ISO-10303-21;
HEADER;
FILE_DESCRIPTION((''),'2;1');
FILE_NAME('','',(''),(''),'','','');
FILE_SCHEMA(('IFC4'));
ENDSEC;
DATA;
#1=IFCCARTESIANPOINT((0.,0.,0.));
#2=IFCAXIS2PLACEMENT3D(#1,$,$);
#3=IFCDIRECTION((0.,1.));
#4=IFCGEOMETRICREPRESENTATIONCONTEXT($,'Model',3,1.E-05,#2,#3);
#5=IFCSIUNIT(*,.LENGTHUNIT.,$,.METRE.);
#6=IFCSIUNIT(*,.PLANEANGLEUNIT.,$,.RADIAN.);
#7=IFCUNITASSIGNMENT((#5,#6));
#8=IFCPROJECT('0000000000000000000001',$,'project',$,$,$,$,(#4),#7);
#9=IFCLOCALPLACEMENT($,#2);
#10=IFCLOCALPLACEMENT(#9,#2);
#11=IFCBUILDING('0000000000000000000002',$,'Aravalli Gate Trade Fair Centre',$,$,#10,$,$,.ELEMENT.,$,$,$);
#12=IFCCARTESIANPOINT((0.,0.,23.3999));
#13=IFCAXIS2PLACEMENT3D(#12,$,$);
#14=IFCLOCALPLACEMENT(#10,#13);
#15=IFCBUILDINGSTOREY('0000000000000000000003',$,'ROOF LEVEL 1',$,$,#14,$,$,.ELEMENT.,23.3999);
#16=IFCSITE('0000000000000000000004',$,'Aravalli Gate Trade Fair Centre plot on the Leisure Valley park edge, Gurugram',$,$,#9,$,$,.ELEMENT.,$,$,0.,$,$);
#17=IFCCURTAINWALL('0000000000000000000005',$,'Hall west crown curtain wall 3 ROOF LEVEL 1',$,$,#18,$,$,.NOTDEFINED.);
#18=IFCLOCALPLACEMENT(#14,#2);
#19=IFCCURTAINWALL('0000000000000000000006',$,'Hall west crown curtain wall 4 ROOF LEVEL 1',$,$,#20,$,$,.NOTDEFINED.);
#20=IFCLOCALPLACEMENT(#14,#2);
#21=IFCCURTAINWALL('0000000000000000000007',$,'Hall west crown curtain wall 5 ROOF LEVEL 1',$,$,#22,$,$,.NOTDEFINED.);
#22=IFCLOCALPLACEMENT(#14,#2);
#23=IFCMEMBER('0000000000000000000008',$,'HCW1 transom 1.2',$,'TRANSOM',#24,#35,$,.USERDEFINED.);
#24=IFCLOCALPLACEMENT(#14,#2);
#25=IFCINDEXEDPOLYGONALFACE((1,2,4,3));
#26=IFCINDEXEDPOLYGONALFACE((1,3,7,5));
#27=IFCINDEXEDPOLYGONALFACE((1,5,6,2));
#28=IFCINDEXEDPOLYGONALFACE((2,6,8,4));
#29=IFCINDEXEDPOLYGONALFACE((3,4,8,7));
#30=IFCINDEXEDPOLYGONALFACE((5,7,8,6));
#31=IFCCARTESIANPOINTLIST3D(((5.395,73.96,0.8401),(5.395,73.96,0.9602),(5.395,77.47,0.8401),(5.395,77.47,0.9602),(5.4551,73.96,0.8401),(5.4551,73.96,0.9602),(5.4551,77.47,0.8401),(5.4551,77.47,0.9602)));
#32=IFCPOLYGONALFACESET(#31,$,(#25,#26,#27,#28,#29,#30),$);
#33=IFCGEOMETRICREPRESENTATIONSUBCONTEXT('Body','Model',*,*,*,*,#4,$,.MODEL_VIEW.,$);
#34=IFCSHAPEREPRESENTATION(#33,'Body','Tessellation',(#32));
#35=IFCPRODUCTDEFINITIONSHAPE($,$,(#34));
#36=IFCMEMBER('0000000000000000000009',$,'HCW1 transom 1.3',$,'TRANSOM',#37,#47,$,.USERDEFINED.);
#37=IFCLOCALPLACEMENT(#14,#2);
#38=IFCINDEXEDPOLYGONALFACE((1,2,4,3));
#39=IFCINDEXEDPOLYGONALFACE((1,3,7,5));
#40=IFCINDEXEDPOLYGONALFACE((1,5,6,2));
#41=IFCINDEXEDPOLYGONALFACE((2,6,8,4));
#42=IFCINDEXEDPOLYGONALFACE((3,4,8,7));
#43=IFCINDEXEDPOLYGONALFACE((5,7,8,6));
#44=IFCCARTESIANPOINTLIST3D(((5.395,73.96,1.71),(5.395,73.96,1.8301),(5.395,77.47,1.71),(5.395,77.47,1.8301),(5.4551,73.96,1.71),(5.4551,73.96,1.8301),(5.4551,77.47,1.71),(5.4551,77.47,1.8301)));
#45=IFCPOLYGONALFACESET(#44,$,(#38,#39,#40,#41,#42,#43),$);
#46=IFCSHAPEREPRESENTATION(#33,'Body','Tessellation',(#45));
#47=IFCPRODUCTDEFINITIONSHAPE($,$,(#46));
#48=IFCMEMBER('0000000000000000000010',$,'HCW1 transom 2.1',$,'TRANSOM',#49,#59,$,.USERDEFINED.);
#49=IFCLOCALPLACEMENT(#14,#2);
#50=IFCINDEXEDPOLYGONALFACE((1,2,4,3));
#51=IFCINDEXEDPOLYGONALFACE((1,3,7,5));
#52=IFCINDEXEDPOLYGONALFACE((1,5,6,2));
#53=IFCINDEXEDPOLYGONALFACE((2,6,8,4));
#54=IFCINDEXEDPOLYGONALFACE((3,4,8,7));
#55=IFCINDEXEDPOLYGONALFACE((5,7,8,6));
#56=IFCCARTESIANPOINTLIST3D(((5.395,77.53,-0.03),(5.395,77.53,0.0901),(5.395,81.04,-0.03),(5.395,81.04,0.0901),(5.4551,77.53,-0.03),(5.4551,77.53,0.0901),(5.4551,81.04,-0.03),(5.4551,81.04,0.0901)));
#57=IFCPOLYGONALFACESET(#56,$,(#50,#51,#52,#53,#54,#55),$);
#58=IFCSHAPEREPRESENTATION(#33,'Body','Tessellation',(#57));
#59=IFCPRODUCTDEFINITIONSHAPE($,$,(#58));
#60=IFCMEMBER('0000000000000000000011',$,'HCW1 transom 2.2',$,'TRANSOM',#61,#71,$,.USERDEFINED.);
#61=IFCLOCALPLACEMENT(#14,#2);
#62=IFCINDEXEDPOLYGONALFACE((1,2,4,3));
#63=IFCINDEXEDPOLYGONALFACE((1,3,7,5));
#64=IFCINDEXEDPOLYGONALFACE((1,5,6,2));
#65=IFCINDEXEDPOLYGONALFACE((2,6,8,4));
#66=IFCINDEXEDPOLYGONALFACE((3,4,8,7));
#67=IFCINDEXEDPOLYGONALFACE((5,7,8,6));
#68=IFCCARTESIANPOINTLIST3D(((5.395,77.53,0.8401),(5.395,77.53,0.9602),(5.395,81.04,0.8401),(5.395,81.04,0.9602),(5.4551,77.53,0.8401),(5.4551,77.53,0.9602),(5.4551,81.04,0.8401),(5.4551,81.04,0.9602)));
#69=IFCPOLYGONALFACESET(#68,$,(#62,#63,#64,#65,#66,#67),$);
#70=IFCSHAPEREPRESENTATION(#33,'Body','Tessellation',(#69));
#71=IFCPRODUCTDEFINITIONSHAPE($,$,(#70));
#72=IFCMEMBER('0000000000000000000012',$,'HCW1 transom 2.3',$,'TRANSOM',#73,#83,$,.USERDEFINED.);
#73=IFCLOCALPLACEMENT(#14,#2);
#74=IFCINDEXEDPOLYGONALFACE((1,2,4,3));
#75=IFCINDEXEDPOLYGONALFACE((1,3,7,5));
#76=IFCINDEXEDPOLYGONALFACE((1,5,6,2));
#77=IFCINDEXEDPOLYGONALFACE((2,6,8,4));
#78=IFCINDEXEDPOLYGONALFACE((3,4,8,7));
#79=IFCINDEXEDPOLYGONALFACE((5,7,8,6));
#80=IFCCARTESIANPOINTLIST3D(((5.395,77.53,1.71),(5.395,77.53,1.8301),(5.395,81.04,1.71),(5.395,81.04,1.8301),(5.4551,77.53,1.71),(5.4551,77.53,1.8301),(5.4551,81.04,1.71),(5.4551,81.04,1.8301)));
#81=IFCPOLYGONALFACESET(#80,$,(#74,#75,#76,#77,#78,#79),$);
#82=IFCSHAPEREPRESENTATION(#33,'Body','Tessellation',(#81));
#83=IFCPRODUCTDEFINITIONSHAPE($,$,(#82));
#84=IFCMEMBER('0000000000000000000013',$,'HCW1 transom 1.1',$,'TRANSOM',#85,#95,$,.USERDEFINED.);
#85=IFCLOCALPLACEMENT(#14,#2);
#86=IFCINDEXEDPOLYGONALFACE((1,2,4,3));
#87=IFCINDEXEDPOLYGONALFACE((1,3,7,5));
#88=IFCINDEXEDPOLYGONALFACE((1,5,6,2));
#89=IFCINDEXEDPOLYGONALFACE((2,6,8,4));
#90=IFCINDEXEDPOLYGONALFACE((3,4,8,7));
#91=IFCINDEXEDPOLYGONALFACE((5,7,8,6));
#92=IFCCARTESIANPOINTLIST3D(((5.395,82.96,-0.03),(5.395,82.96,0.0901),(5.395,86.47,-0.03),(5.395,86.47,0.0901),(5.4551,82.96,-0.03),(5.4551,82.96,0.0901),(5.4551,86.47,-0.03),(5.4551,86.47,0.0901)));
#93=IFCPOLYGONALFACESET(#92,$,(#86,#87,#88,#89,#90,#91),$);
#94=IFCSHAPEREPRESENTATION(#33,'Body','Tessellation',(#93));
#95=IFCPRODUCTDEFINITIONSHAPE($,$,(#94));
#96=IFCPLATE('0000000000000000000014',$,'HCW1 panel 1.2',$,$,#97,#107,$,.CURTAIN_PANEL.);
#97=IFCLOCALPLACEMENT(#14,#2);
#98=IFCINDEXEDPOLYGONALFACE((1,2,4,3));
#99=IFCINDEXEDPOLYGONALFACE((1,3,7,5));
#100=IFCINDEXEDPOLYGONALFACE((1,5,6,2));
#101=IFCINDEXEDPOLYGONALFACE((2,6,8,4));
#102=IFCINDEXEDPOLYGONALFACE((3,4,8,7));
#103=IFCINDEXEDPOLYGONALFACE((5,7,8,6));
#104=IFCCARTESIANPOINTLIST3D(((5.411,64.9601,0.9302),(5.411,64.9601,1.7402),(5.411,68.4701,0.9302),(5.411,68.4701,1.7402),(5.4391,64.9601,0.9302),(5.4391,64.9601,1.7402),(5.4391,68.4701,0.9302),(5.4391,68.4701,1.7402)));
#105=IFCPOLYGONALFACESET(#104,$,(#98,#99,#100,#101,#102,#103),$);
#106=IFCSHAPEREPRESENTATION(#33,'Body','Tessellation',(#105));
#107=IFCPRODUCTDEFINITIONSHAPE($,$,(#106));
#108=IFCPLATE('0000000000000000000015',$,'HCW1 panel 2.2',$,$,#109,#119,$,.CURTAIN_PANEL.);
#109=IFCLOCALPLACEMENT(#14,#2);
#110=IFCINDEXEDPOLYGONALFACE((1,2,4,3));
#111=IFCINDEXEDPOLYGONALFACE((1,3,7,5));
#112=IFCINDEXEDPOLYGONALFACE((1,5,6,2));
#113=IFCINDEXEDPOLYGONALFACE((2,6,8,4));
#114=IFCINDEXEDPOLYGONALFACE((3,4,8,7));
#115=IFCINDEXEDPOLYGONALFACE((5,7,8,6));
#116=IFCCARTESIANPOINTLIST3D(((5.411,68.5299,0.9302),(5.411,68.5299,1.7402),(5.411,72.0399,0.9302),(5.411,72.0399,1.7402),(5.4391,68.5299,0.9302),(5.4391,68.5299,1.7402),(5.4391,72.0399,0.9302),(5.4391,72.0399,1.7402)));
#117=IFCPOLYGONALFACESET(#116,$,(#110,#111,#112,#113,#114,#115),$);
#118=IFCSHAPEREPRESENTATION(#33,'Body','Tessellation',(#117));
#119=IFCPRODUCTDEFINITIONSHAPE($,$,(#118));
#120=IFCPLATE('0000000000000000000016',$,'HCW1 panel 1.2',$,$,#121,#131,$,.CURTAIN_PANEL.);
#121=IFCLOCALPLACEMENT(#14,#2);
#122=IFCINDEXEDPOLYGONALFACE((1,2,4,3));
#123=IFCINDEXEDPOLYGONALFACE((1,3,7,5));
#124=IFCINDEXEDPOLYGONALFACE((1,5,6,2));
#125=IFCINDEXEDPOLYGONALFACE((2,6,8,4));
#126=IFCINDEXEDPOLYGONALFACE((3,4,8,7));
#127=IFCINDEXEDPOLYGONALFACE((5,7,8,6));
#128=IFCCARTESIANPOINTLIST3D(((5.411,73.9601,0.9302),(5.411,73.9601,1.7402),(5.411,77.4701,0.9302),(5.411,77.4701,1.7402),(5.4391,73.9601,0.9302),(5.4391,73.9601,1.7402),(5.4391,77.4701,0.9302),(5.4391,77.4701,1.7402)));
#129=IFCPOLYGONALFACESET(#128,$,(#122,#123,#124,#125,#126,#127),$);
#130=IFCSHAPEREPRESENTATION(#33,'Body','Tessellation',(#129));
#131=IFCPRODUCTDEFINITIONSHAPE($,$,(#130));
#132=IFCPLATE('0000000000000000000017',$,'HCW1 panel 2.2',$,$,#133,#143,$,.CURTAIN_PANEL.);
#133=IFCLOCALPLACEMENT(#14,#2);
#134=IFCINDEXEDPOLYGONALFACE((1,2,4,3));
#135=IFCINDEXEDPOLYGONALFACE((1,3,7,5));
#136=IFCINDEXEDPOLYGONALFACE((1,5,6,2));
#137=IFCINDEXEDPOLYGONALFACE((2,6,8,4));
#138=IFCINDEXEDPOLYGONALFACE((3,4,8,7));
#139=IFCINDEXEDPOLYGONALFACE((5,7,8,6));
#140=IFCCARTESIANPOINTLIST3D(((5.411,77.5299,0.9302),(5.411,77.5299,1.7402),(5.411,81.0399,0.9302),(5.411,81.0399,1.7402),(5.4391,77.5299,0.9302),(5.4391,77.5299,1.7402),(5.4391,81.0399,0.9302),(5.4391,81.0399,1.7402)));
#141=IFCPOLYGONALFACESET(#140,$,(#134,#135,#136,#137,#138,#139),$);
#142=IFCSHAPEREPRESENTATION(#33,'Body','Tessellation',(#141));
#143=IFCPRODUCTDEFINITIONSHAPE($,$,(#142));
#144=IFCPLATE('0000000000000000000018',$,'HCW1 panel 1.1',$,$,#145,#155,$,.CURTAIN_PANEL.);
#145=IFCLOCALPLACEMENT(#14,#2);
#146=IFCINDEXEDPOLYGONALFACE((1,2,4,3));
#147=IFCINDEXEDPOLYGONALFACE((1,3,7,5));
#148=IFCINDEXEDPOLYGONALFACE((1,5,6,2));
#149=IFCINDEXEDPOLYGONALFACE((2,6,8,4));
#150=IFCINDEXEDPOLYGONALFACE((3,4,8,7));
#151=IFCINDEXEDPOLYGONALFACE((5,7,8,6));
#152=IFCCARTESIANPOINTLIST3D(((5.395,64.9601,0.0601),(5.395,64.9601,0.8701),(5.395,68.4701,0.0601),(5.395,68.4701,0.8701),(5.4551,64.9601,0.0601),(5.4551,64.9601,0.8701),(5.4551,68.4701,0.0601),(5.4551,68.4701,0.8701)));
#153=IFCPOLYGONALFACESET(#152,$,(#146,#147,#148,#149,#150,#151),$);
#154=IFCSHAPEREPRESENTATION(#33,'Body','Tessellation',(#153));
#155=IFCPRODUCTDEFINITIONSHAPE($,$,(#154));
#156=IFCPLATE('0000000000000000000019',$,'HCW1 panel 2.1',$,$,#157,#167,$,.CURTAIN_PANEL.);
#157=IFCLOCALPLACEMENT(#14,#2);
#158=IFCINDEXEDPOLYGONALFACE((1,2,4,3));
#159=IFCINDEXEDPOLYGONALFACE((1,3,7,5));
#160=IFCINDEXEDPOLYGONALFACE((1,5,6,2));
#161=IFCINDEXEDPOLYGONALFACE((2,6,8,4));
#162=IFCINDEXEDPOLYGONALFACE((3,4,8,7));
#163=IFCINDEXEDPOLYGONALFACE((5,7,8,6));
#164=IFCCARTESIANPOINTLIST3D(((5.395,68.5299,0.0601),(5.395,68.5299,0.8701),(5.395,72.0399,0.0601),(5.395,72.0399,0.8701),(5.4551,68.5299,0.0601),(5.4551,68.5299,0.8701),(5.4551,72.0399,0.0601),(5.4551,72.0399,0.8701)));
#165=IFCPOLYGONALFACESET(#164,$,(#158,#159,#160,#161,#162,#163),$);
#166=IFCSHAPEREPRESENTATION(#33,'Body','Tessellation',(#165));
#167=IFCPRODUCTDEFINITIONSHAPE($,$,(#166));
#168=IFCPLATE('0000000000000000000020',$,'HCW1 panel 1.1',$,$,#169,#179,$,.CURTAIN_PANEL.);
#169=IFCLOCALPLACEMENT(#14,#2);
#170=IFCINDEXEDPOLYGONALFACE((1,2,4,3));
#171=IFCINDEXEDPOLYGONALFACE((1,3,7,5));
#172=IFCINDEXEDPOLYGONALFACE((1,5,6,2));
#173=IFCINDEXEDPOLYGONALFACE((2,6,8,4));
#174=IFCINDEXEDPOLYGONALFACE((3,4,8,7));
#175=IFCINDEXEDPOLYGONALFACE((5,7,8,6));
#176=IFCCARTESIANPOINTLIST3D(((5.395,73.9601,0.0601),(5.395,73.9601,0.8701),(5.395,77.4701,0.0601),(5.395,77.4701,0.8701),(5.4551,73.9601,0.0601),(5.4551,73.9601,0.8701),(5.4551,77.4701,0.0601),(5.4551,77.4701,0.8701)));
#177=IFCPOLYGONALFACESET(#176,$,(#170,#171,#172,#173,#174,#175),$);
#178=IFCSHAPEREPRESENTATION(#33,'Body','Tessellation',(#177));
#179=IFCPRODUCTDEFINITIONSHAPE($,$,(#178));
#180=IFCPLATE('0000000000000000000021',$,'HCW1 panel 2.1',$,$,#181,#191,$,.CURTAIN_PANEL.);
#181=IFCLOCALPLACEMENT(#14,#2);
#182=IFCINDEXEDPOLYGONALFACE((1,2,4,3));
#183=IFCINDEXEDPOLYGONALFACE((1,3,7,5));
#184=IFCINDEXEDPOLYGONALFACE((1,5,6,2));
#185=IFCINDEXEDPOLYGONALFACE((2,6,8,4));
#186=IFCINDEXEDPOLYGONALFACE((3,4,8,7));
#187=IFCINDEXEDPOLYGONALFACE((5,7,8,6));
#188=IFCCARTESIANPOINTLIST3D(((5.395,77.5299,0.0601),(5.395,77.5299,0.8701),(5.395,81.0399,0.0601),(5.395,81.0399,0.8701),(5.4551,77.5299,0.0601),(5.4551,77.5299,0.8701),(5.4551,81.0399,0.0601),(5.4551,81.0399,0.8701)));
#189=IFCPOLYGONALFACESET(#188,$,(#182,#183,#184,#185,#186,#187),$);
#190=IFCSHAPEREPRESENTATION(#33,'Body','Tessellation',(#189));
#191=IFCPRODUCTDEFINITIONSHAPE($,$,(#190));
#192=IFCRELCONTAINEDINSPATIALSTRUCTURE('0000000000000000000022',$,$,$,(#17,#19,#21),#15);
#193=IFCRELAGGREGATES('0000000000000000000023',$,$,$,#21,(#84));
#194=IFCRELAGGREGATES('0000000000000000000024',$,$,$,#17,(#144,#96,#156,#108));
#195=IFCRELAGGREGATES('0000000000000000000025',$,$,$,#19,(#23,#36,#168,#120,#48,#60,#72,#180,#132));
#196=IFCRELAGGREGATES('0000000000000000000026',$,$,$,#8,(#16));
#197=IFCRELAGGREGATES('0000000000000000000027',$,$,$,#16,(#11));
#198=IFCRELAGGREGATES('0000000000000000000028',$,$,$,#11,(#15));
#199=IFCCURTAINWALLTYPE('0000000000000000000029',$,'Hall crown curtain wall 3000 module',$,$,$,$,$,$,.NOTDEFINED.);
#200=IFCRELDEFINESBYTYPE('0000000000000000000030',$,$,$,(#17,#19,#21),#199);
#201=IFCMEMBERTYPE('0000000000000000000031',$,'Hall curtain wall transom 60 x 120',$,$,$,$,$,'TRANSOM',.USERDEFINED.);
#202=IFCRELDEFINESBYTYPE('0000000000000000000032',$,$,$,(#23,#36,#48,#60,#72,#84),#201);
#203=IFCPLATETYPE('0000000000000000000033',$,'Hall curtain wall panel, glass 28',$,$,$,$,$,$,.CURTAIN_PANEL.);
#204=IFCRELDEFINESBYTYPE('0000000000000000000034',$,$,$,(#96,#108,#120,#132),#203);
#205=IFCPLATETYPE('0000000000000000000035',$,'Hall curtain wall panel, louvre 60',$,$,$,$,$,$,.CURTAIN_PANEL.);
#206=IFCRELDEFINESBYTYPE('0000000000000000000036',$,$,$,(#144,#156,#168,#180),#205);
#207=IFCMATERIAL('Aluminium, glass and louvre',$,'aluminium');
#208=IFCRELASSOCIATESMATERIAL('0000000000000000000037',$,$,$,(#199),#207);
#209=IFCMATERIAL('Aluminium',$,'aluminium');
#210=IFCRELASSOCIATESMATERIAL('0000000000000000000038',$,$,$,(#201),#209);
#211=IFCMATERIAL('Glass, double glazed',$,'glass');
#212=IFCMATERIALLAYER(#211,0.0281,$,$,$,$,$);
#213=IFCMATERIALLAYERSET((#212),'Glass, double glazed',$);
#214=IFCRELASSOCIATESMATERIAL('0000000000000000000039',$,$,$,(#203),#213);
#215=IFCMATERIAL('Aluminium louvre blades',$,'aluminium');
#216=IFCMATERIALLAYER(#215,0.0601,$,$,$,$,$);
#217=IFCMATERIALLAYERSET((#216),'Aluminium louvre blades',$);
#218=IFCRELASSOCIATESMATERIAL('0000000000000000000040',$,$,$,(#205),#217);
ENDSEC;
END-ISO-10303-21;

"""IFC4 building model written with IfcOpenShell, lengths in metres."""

from ifc_helpers import new_model, si_unit, direction, frame, origin, origin_2d, place, context, subcontext, project, spatial, rectangle, extrude, material, layer, layer_set, material_profile, profile_set, type_object, element, aggregate, save


model = new_model("IFC4")

# Units and contexts
model_context = context("Model", 3, precision=1e-05, world=origin(), true_north=direction((0.0, 1.0)))
body_context = subcontext(model_context, "Body", "Model", "MODEL_VIEW")
ifc_project = project(units=[si_unit("LENGTHUNIT", "METRE"), si_unit("PLANEANGLEUNIT", "RADIAN")], contexts=[model_context])

# Site, building, storey
site_placement = place(None, origin())
site = spatial("IfcSite", under=ifc_project, at=site_placement, Name="Aravalli Gate Trade Fair Centre plot on the Leisure Valley park edge, Gurugram", CompositionType="ELEMENT", RefElevation=0.0)
building_placement = place(site_placement, origin())
building = spatial("IfcBuilding", under=site, at=building_placement, Name="Aravalli Gate Trade Fair Centre", CompositionType="ELEMENT")
storey_placement = place(building_placement, frame((0.0, 0.0, 23.3999)))
storey = spatial("IfcBuildingStorey", under=building, at=storey_placement, Name="ROOF LEVEL 1", CompositionType="ELEMENT", Elevation=23.3999)

# Shared definitions
ifc_material_1 = material(Name="Aluminium, glass and louvre", Category="aluminium")
curtain_wall_type = type_object("IfcCurtainWallType", Name="Hall crown curtain wall 3000 module", PredefinedType="NOTDEFINED", material=ifc_material_1)
ifc_material_2 = material(Name="Aluminium", Category="aluminium")

# Curtain walls
curtain_wall_1_placement = place(storey_placement, origin())
curtain_wall_1 = element("IfcCurtainWall", 1, at=curtain_wall_1_placement, inside=storey, type_object=curtain_wall_type, Name="Hall west crown curtain wall 3 ROOF LEVEL 1", PredefinedType="NOTDEFINED")
curtain_wall_2_placement = place(storey_placement, origin())
curtain_wall_2 = element("IfcCurtainWall", 2, at=curtain_wall_2_placement, inside=storey, type_object=curtain_wall_type, Name="Hall west crown curtain wall 4 ROOF LEVEL 1", PredefinedType="NOTDEFINED")

# Curtain wall
curtain_wall_3_placement = place(storey_placement, origin())
curtain_wall_3 = element("IfcCurtainWall", 3, at=curtain_wall_3_placement, inside=storey, type_object=curtain_wall_type, Name="Hall west crown curtain wall 5 ROOF LEVEL 1", PredefinedType="NOTDEFINED")

# Members
ifc_material_profile_1 = material_profile(ifc_material_2, rectangle(XDim=0.0601, YDim=0.1201, at=origin_2d()), Name="Hall curtain wall transom 60 x 120")
ifc_profile_set_1 = profile_set([ifc_material_profile_1], Name="Aluminium")
member_type_1 = type_object("IfcMemberType", Name="Hall curtain wall transom 60 x 120", ElementType="TRANSOM", PredefinedType="USERDEFINED", material=ifc_profile_set_1)
member_1_placement = place(storey_placement, frame((5.425, 73.96, 0.9001), z_axis=(0.0, 1.0, 0.0), x_axis=(-1.0, 0.0, 0.0)))
member_1 = element("IfcMember", 4, at=member_1_placement, type_object=member_type_1, Name="HCW1 transom 1.2", ObjectType="TRANSOM", PredefinedType="USERDEFINED", context=body_context, shape_type="SweptSolid", body=[
    extrude(rectangle(XDim=0.0601, YDim=0.1201, at=origin_2d()), origin(), (0.0, 0.0, 1.0), 3.51),
])
member_2_placement = place(storey_placement, frame((5.425, 73.96, 1.77), z_axis=(0.0, 1.0, 0.0), x_axis=(-1.0, 0.0, 0.0)))
member_2 = element("IfcMember", 5, at=member_2_placement, type_object=member_type_1, Name="HCW1 transom 1.3", ObjectType="TRANSOM", PredefinedType="USERDEFINED", context=body_context, shape_type="SweptSolid", body=[
    extrude(rectangle(XDim=0.0601, YDim=0.1201, at=origin_2d()), origin(), (0.0, 0.0, 1.0), 3.51),
])
member_3_placement = place(storey_placement, frame((5.425, 77.53, 0.03), z_axis=(0.0, 1.0, 0.0), x_axis=(-1.0, 0.0, 0.0)))
member_3 = element("IfcMember", 6, at=member_3_placement, type_object=member_type_1, Name="HCW1 transom 2.1", ObjectType="TRANSOM", PredefinedType="USERDEFINED", context=body_context, shape_type="SweptSolid", body=[
    extrude(rectangle(XDim=0.0601, YDim=0.1201, at=origin_2d()), origin(), (0.0, 0.0, 1.0), 3.51),
])
member_4_placement = place(storey_placement, frame((5.425, 77.53, 0.9001), z_axis=(0.0, 1.0, 0.0), x_axis=(-1.0, 0.0, 0.0)))
member_4 = element("IfcMember", 7, at=member_4_placement, type_object=member_type_1, Name="HCW1 transom 2.2", ObjectType="TRANSOM", PredefinedType="USERDEFINED", context=body_context, shape_type="SweptSolid", body=[
    extrude(rectangle(XDim=0.0601, YDim=0.1201, at=origin_2d()), origin(), (0.0, 0.0, 1.0), 3.51),
])
member_5_placement = place(storey_placement, frame((5.425, 77.53, 1.77), z_axis=(0.0, 1.0, 0.0), x_axis=(-1.0, 0.0, 0.0)))
member_5 = element("IfcMember", 8, at=member_5_placement, type_object=member_type_1, Name="HCW1 transom 2.3", ObjectType="TRANSOM", PredefinedType="USERDEFINED", context=body_context, shape_type="SweptSolid", body=[
    extrude(rectangle(XDim=0.0601, YDim=0.1201, at=origin_2d()), origin(), (0.0, 0.0, 1.0), 3.51),
])
member_6_placement = place(storey_placement, frame((5.425, 82.96, 0.03), z_axis=(0.0, 1.0, 0.0), x_axis=(-1.0, 0.0, 0.0)))
member_6 = element("IfcMember", 9, at=member_6_placement, type_object=member_type_1, Name="HCW1 transom 1.1", ObjectType="TRANSOM", PredefinedType="USERDEFINED", context=body_context, shape_type="SweptSolid", body=[
    extrude(rectangle(XDim=0.0601, YDim=0.1201, at=origin_2d()), origin(), (0.0, 0.0, 1.0), 3.51),
])
aggregate(curtain_wall_3, [member_6])

# Plates
ifc_material_3 = material(Name="Glass, double glazed", Category="glass")
ifc_layer_1 = layer(ifc_material_3, 0.0281)
ifc_layer_set_1 = layer_set([ifc_layer_1], Name="Glass, double glazed")
plate_type_1 = type_object("IfcPlateType", Name="Hall curtain wall panel, glass 28", PredefinedType="CURTAIN_PANEL", material=ifc_layer_set_1)
plate_1_placement = place(storey_placement, frame((5.425, 66.7151, 0.9302), z_axis=(0.0, 0.0, 1.0), x_axis=(0.0, 1.0, 0.0)))
plate_1 = element("IfcPlate", 10, at=plate_1_placement, type_object=plate_type_1, Name="HCW1 panel 1.2", PredefinedType="CURTAIN_PANEL", context=body_context, shape_type="SweptSolid", body=[
    extrude(rectangle(XDim=3.51, YDim=0.0281, at=origin_2d()), origin(), (0.0, 0.0, 1.0), 0.8101),
])
plate_2_placement = place(storey_placement, frame((5.425, 70.2849, 0.9302), z_axis=(0.0, 0.0, 1.0), x_axis=(0.0, 1.0, 0.0)))
plate_2 = element("IfcPlate", 11, at=plate_2_placement, type_object=plate_type_1, Name="HCW1 panel 2.2", PredefinedType="CURTAIN_PANEL", context=body_context, shape_type="SweptSolid", body=[
    extrude(rectangle(XDim=3.51, YDim=0.0281, at=origin_2d()), origin(), (0.0, 0.0, 1.0), 0.8101),
])
plate_3_placement = place(storey_placement, frame((5.425, 75.7151, 0.9302), z_axis=(0.0, 0.0, 1.0), x_axis=(0.0, 1.0, 0.0)))
plate_3 = element("IfcPlate", 12, at=plate_3_placement, type_object=plate_type_1, Name="HCW1 panel 1.2", PredefinedType="CURTAIN_PANEL", context=body_context, shape_type="SweptSolid", body=[
    extrude(rectangle(XDim=3.51, YDim=0.0281, at=origin_2d()), origin(), (0.0, 0.0, 1.0), 0.8101),
])
plate_4_placement = place(storey_placement, frame((5.425, 79.2849, 0.9302), z_axis=(0.0, 0.0, 1.0), x_axis=(0.0, 1.0, 0.0)))
plate_4 = element("IfcPlate", 13, at=plate_4_placement, type_object=plate_type_1, Name="HCW1 panel 2.2", PredefinedType="CURTAIN_PANEL", context=body_context, shape_type="SweptSolid", body=[
    extrude(rectangle(XDim=3.51, YDim=0.0281, at=origin_2d()), origin(), (0.0, 0.0, 1.0), 0.8101),
])
ifc_material_4 = material(Name="Aluminium louvre blades", Category="aluminium")
ifc_layer_2 = layer(ifc_material_4, 0.0601)
ifc_layer_set_2 = layer_set([ifc_layer_2], Name="Aluminium louvre blades")
plate_type_2 = type_object("IfcPlateType", Name="Hall curtain wall panel, louvre 60", PredefinedType="CURTAIN_PANEL", material=ifc_layer_set_2)
plate_5_placement = place(storey_placement, frame((5.425, 66.7151, 0.0601), z_axis=(0.0, 0.0, 1.0), x_axis=(0.0, 1.0, 0.0)))
plate_5 = element("IfcPlate", 14, at=plate_5_placement, type_object=plate_type_2, Name="HCW1 panel 1.1", PredefinedType="CURTAIN_PANEL", context=body_context, shape_type="SweptSolid", body=[
    extrude(rectangle(XDim=3.51, YDim=0.0601, at=origin_2d()), origin(), (0.0, 0.0, 1.0), 0.8101),
])
plate_6_placement = place(storey_placement, frame((5.425, 70.2849, 0.0601), z_axis=(0.0, 0.0, 1.0), x_axis=(0.0, 1.0, 0.0)))
plate_6 = element("IfcPlate", 15, at=plate_6_placement, type_object=plate_type_2, Name="HCW1 panel 2.1", PredefinedType="CURTAIN_PANEL", context=body_context, shape_type="SweptSolid", body=[
    extrude(rectangle(XDim=3.51, YDim=0.0601, at=origin_2d()), origin(), (0.0, 0.0, 1.0), 0.8101),
])
aggregate(curtain_wall_1, [plate_5, plate_1, plate_6, plate_2])
plate_7_placement = place(storey_placement, frame((5.425, 75.7151, 0.0601), z_axis=(0.0, 0.0, 1.0), x_axis=(0.0, 1.0, 0.0)))
plate_7 = element("IfcPlate", 16, at=plate_7_placement, type_object=plate_type_2, Name="HCW1 panel 1.1", PredefinedType="CURTAIN_PANEL", context=body_context, shape_type="SweptSolid", body=[
    extrude(rectangle(XDim=3.51, YDim=0.0601, at=origin_2d()), origin(), (0.0, 0.0, 1.0), 0.8101),
])
plate_8_placement = place(storey_placement, frame((5.425, 79.2849, 0.0601), z_axis=(0.0, 0.0, 1.0), x_axis=(0.0, 1.0, 0.0)))
plate_8 = element("IfcPlate", 17, at=plate_8_placement, type_object=plate_type_2, Name="HCW1 panel 2.1", PredefinedType="CURTAIN_PANEL", context=body_context, shape_type="SweptSolid", body=[
    extrude(rectangle(XDim=3.51, YDim=0.0601, at=origin_2d()), origin(), (0.0, 0.0, 1.0), 0.8101),
])
aggregate(curtain_wall_2, [member_1, member_2, plate_7, plate_3, member_3, member_4, member_5, plate_8, plate_4])

save(model, "model.ifc")
